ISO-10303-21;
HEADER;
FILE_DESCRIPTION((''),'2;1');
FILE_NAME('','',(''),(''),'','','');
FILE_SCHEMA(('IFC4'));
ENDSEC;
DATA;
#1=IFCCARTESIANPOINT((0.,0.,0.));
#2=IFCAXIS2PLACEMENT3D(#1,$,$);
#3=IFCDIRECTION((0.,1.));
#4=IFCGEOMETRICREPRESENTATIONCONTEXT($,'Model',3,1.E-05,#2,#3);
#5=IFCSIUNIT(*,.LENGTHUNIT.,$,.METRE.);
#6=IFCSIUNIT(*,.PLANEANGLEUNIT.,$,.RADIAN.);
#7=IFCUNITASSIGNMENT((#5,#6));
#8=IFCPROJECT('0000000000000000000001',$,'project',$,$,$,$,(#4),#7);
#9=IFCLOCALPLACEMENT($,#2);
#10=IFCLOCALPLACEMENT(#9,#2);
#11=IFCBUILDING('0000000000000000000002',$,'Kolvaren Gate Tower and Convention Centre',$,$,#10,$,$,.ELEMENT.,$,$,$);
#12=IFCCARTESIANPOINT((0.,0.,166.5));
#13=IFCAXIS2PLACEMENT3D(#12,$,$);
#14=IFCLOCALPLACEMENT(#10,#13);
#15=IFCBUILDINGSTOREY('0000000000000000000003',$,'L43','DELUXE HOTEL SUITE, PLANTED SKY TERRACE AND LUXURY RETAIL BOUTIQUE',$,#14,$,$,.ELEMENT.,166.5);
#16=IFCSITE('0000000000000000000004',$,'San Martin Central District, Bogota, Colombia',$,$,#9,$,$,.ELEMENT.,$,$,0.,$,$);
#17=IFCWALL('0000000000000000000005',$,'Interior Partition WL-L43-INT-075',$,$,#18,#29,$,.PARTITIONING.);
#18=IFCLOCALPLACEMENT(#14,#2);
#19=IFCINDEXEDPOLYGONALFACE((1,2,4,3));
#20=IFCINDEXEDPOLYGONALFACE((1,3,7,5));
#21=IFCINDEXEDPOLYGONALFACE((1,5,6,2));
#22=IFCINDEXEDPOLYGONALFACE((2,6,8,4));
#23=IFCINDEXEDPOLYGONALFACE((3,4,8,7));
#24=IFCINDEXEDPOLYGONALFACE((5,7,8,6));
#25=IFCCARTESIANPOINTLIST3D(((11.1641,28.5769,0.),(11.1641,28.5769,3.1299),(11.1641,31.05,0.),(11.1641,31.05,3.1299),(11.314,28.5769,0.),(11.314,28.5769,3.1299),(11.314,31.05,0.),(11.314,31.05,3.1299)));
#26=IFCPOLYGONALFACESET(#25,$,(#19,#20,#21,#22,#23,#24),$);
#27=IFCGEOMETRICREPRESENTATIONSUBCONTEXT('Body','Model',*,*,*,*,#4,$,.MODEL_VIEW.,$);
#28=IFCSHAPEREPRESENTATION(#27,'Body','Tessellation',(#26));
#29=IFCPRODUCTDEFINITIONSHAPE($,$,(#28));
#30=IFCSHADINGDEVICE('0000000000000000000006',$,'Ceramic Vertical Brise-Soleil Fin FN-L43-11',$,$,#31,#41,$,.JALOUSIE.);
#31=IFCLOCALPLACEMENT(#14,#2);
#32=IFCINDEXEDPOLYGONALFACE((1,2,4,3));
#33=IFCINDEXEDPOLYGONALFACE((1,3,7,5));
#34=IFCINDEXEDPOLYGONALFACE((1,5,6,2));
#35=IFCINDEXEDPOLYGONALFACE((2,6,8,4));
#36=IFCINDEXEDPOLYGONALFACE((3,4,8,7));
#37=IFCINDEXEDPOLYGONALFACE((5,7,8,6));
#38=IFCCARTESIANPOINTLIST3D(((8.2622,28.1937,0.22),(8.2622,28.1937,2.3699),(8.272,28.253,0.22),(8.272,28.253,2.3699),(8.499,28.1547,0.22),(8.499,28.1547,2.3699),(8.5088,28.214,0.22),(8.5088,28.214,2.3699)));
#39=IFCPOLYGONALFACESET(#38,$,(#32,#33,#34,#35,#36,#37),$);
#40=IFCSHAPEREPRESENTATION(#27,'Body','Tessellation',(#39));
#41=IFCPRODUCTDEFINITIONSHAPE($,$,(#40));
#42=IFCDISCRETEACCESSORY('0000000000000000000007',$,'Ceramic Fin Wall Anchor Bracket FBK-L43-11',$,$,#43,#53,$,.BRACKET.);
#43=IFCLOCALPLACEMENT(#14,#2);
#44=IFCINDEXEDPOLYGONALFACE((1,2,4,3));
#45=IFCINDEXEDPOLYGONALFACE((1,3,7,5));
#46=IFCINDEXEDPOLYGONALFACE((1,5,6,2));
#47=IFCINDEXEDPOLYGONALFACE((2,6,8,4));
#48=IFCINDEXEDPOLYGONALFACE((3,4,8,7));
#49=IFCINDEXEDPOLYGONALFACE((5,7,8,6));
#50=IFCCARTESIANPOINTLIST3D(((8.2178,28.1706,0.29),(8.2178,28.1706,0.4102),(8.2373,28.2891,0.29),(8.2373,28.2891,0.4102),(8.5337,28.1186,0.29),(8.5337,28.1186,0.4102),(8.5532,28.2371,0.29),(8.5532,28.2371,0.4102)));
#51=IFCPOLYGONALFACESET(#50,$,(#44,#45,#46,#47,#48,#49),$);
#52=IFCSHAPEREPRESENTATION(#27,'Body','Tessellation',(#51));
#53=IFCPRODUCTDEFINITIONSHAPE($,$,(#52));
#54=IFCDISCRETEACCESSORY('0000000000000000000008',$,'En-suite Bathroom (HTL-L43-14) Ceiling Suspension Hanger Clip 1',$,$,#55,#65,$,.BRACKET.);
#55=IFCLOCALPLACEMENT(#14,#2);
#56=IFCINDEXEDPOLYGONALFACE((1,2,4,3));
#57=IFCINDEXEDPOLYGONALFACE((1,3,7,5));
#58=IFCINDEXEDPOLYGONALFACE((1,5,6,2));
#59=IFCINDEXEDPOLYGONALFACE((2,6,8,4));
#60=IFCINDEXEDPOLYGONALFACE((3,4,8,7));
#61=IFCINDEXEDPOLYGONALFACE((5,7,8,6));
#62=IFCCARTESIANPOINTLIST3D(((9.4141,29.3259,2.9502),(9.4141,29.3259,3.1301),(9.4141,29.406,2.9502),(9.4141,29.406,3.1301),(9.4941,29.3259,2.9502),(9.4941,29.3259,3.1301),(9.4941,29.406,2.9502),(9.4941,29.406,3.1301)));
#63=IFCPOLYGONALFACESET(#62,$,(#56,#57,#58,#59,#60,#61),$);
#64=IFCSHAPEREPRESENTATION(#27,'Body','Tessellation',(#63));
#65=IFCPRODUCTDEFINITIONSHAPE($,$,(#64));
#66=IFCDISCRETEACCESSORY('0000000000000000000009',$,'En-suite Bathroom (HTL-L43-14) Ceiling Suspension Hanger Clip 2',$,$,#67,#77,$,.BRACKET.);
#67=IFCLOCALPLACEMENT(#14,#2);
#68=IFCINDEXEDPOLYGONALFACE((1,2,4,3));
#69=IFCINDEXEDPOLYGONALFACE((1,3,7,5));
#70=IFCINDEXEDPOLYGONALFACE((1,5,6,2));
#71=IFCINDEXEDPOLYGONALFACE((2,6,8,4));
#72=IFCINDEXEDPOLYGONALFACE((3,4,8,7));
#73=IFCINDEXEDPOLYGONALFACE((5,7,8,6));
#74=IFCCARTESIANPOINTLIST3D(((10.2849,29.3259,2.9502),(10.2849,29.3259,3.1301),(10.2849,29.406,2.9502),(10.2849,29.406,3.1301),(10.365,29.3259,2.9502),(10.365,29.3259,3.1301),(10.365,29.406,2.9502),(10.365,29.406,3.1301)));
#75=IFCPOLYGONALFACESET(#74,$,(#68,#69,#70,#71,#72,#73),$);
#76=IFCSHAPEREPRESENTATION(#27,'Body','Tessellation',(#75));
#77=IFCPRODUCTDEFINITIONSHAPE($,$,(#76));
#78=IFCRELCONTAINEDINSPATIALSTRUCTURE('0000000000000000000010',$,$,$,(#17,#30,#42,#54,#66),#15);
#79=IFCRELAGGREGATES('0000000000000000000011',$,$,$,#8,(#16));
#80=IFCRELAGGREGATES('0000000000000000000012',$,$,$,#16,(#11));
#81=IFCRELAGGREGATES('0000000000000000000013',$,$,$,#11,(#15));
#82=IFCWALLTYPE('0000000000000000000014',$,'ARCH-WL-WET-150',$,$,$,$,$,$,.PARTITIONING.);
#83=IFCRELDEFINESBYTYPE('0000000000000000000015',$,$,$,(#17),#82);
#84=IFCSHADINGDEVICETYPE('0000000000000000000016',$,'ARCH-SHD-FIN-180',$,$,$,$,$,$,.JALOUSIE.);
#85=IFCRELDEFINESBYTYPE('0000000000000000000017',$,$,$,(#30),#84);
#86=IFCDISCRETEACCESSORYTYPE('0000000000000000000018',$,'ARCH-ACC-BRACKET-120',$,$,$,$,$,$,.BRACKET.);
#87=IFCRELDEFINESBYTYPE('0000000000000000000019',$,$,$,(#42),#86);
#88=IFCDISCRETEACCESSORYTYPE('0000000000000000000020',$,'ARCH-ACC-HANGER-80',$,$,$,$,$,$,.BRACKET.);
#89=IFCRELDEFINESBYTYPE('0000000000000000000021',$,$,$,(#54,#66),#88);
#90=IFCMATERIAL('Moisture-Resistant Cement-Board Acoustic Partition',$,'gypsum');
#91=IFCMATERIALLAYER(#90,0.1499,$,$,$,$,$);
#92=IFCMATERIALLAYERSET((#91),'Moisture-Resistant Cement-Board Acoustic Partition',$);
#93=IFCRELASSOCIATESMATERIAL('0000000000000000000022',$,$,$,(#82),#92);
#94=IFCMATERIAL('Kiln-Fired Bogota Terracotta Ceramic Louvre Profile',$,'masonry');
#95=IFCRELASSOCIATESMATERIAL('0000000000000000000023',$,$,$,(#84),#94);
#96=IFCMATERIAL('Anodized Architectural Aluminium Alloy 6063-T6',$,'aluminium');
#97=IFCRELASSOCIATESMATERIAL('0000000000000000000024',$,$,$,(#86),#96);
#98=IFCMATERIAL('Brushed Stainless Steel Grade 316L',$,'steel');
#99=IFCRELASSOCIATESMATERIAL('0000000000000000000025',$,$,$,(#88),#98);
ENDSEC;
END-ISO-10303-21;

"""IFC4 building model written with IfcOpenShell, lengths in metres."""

from ifc_helpers import new_model, si_unit, direction, frame, frame_2d, origin, origin_2d, place, context, subcontext, project, spatial, rectangle, extrude, material, layer, layer_set, type_object, element, save


model = new_model("IFC4")

# Units and contexts
model_context = context("Model", 3, precision=1e-05, world=origin(), true_north=direction((0.0, 1.0)))
body_context = subcontext(model_context, "Body", "Model", "MODEL_VIEW")
ifc_project = project(units=[si_unit("LENGTHUNIT", "METRE"), si_unit("PLANEANGLEUNIT", "RADIAN")], contexts=[model_context])

# Site, building, storey
site_placement = place(None, origin())
site = spatial("IfcSite", under=ifc_project, at=site_placement, Name="San Martin Central District, Bogota, Colombia", CompositionType="ELEMENT", RefElevation=0.0)
building_placement = place(site_placement, origin())
building = spatial("IfcBuilding", under=site, at=building_placement, Name="Kolvaren Gate Tower and Convention Centre", CompositionType="ELEMENT")
storey_placement = place(building_placement, frame((0.0, 0.0, 166.5)))
storey = spatial("IfcBuildingStorey", under=building, at=storey_placement, Name="L43", Description="DELUXE HOTEL SUITE, PLANTED SKY TERRACE AND LUXURY RETAIL BOUTIQUE", CompositionType="ELEMENT", Elevation=166.5)

# Shared definitions
ifc_material_1 = material(Name="Anodized Architectural Aluminium Alloy 6063-T6", Category="aluminium")

# Shared definitions
ifc_material_2 = material(Name="Moisture-Resistant Cement-Board Acoustic Partition", Category="gypsum")
ifc_layer_1 = layer(ifc_material_2, 0.1499)
ifc_layer_set_1 = layer_set([ifc_layer_1], Name="Moisture-Resistant Cement-Board Acoustic Partition")
wall_type_1 = type_object("IfcWallType", Name="ARCH-WL-WET-150", PredefinedType="PARTITIONING", material=ifc_layer_set_1)

# Wall
wall_1_placement = place(storey_placement, frame((11.239, 28.5769, 0.0), z_axis=(0.0, 0.0, 1.0), x_axis=(0.0, 1.0, 0.0)))
element("IfcWall", 1, at=wall_1_placement, inside=storey, type_object=wall_type_1, Name="Interior Partition WL-L43-INT-075", PredefinedType="PARTITIONING", context=body_context, shape_type="SweptSolid", body=[
    extrude(rectangle(XDim=2.4731, YDim=0.1499, at=frame_2d((1.2366, 0.0))), origin(), (0.0, 0.0, 1.0), 3.1299),
])

# Shading device
ifc_material_3 = material(Name="Kiln-Fired Bogota Terracotta Ceramic Louvre Profile", Category="masonry")
shading_device_type = type_object("IfcShadingDeviceType", Name="ARCH-SHD-FIN-180", PredefinedType="JALOUSIE", material=ifc_material_3)
shading_device_placement = place(storey_placement, frame((8.3855, 28.2039, 0.22), z_axis=(0.0, 0.0, 1.0), x_axis=(0.162381, 0.986728, 0.0)))
element("IfcShadingDevice", 2, at=shading_device_placement, inside=storey, type_object=shading_device_type, Name="Ceramic Vertical Brise-Soleil Fin FN-L43-11", PredefinedType="JALOUSIE", context=body_context, shape_type="SweptSolid", body=[
    extrude(rectangle(XDim=0.0601, YDim=0.24, at=origin_2d()), origin(), (0.0, 0.0, 1.0), 2.1499),
])

# Discrete accessories
discrete_accessory_type_1 = type_object("IfcDiscreteAccessoryType", Name="ARCH-ACC-BRACKET-120", PredefinedType="BRACKET", material=ifc_material_1)
discrete_accessory_placement = place(storey_placement, frame((8.3855, 28.2039, 0.29), z_axis=(0.0, 0.0, 1.0), x_axis=(0.162381, 0.986728, 0.0)))
element("IfcDiscreteAccessory", 3, at=discrete_accessory_placement, inside=storey, type_object=discrete_accessory_type_1, Name="Ceramic Fin Wall Anchor Bracket FBK-L43-11", PredefinedType="BRACKET", context=body_context, shape_type="SweptSolid", body=[
    extrude(rectangle(XDim=0.1201, YDim=0.3201, at=origin_2d()), origin(), (0.0, 0.0, 1.0), 0.1201),
])
ifc_material_4 = material(Name="Brushed Stainless Steel Grade 316L", Category="steel")
discrete_accessory_type_2 = type_object("IfcDiscreteAccessoryType", Name="ARCH-ACC-HANGER-80", PredefinedType="BRACKET", material=ifc_material_4)
for number, where, z_axis, x_axis, name in (
    (4, (9.4541, 29.366, 2.9502), (0.0, 0.0, 1.0), (1.0, 0.0, 0.0), "En-suite Bathroom (HTL-L43-14) Ceiling Suspension Hanger Clip 1"),
    (5, (10.325, 29.366, 2.9502), (0.0, 0.0, 1.0), (1.0, 0.0, 0.0), "En-suite Bathroom (HTL-L43-14) Ceiling Suspension Hanger Clip 2"),
):
    element("IfcDiscreteAccessory", number, at=place(storey_placement, frame(where, z_axis=z_axis, x_axis=x_axis)), inside=storey, type_object=discrete_accessory_type_2, Name=name, PredefinedType="BRACKET", context=body_context, shape_type="SweptSolid", body=[
        extrude(rectangle(XDim=0.0801, YDim=0.0801, at=origin_2d()), origin(), (0.0, 0.0, 1.0), 0.1799),
    ])

save(model, "model.ifc")
